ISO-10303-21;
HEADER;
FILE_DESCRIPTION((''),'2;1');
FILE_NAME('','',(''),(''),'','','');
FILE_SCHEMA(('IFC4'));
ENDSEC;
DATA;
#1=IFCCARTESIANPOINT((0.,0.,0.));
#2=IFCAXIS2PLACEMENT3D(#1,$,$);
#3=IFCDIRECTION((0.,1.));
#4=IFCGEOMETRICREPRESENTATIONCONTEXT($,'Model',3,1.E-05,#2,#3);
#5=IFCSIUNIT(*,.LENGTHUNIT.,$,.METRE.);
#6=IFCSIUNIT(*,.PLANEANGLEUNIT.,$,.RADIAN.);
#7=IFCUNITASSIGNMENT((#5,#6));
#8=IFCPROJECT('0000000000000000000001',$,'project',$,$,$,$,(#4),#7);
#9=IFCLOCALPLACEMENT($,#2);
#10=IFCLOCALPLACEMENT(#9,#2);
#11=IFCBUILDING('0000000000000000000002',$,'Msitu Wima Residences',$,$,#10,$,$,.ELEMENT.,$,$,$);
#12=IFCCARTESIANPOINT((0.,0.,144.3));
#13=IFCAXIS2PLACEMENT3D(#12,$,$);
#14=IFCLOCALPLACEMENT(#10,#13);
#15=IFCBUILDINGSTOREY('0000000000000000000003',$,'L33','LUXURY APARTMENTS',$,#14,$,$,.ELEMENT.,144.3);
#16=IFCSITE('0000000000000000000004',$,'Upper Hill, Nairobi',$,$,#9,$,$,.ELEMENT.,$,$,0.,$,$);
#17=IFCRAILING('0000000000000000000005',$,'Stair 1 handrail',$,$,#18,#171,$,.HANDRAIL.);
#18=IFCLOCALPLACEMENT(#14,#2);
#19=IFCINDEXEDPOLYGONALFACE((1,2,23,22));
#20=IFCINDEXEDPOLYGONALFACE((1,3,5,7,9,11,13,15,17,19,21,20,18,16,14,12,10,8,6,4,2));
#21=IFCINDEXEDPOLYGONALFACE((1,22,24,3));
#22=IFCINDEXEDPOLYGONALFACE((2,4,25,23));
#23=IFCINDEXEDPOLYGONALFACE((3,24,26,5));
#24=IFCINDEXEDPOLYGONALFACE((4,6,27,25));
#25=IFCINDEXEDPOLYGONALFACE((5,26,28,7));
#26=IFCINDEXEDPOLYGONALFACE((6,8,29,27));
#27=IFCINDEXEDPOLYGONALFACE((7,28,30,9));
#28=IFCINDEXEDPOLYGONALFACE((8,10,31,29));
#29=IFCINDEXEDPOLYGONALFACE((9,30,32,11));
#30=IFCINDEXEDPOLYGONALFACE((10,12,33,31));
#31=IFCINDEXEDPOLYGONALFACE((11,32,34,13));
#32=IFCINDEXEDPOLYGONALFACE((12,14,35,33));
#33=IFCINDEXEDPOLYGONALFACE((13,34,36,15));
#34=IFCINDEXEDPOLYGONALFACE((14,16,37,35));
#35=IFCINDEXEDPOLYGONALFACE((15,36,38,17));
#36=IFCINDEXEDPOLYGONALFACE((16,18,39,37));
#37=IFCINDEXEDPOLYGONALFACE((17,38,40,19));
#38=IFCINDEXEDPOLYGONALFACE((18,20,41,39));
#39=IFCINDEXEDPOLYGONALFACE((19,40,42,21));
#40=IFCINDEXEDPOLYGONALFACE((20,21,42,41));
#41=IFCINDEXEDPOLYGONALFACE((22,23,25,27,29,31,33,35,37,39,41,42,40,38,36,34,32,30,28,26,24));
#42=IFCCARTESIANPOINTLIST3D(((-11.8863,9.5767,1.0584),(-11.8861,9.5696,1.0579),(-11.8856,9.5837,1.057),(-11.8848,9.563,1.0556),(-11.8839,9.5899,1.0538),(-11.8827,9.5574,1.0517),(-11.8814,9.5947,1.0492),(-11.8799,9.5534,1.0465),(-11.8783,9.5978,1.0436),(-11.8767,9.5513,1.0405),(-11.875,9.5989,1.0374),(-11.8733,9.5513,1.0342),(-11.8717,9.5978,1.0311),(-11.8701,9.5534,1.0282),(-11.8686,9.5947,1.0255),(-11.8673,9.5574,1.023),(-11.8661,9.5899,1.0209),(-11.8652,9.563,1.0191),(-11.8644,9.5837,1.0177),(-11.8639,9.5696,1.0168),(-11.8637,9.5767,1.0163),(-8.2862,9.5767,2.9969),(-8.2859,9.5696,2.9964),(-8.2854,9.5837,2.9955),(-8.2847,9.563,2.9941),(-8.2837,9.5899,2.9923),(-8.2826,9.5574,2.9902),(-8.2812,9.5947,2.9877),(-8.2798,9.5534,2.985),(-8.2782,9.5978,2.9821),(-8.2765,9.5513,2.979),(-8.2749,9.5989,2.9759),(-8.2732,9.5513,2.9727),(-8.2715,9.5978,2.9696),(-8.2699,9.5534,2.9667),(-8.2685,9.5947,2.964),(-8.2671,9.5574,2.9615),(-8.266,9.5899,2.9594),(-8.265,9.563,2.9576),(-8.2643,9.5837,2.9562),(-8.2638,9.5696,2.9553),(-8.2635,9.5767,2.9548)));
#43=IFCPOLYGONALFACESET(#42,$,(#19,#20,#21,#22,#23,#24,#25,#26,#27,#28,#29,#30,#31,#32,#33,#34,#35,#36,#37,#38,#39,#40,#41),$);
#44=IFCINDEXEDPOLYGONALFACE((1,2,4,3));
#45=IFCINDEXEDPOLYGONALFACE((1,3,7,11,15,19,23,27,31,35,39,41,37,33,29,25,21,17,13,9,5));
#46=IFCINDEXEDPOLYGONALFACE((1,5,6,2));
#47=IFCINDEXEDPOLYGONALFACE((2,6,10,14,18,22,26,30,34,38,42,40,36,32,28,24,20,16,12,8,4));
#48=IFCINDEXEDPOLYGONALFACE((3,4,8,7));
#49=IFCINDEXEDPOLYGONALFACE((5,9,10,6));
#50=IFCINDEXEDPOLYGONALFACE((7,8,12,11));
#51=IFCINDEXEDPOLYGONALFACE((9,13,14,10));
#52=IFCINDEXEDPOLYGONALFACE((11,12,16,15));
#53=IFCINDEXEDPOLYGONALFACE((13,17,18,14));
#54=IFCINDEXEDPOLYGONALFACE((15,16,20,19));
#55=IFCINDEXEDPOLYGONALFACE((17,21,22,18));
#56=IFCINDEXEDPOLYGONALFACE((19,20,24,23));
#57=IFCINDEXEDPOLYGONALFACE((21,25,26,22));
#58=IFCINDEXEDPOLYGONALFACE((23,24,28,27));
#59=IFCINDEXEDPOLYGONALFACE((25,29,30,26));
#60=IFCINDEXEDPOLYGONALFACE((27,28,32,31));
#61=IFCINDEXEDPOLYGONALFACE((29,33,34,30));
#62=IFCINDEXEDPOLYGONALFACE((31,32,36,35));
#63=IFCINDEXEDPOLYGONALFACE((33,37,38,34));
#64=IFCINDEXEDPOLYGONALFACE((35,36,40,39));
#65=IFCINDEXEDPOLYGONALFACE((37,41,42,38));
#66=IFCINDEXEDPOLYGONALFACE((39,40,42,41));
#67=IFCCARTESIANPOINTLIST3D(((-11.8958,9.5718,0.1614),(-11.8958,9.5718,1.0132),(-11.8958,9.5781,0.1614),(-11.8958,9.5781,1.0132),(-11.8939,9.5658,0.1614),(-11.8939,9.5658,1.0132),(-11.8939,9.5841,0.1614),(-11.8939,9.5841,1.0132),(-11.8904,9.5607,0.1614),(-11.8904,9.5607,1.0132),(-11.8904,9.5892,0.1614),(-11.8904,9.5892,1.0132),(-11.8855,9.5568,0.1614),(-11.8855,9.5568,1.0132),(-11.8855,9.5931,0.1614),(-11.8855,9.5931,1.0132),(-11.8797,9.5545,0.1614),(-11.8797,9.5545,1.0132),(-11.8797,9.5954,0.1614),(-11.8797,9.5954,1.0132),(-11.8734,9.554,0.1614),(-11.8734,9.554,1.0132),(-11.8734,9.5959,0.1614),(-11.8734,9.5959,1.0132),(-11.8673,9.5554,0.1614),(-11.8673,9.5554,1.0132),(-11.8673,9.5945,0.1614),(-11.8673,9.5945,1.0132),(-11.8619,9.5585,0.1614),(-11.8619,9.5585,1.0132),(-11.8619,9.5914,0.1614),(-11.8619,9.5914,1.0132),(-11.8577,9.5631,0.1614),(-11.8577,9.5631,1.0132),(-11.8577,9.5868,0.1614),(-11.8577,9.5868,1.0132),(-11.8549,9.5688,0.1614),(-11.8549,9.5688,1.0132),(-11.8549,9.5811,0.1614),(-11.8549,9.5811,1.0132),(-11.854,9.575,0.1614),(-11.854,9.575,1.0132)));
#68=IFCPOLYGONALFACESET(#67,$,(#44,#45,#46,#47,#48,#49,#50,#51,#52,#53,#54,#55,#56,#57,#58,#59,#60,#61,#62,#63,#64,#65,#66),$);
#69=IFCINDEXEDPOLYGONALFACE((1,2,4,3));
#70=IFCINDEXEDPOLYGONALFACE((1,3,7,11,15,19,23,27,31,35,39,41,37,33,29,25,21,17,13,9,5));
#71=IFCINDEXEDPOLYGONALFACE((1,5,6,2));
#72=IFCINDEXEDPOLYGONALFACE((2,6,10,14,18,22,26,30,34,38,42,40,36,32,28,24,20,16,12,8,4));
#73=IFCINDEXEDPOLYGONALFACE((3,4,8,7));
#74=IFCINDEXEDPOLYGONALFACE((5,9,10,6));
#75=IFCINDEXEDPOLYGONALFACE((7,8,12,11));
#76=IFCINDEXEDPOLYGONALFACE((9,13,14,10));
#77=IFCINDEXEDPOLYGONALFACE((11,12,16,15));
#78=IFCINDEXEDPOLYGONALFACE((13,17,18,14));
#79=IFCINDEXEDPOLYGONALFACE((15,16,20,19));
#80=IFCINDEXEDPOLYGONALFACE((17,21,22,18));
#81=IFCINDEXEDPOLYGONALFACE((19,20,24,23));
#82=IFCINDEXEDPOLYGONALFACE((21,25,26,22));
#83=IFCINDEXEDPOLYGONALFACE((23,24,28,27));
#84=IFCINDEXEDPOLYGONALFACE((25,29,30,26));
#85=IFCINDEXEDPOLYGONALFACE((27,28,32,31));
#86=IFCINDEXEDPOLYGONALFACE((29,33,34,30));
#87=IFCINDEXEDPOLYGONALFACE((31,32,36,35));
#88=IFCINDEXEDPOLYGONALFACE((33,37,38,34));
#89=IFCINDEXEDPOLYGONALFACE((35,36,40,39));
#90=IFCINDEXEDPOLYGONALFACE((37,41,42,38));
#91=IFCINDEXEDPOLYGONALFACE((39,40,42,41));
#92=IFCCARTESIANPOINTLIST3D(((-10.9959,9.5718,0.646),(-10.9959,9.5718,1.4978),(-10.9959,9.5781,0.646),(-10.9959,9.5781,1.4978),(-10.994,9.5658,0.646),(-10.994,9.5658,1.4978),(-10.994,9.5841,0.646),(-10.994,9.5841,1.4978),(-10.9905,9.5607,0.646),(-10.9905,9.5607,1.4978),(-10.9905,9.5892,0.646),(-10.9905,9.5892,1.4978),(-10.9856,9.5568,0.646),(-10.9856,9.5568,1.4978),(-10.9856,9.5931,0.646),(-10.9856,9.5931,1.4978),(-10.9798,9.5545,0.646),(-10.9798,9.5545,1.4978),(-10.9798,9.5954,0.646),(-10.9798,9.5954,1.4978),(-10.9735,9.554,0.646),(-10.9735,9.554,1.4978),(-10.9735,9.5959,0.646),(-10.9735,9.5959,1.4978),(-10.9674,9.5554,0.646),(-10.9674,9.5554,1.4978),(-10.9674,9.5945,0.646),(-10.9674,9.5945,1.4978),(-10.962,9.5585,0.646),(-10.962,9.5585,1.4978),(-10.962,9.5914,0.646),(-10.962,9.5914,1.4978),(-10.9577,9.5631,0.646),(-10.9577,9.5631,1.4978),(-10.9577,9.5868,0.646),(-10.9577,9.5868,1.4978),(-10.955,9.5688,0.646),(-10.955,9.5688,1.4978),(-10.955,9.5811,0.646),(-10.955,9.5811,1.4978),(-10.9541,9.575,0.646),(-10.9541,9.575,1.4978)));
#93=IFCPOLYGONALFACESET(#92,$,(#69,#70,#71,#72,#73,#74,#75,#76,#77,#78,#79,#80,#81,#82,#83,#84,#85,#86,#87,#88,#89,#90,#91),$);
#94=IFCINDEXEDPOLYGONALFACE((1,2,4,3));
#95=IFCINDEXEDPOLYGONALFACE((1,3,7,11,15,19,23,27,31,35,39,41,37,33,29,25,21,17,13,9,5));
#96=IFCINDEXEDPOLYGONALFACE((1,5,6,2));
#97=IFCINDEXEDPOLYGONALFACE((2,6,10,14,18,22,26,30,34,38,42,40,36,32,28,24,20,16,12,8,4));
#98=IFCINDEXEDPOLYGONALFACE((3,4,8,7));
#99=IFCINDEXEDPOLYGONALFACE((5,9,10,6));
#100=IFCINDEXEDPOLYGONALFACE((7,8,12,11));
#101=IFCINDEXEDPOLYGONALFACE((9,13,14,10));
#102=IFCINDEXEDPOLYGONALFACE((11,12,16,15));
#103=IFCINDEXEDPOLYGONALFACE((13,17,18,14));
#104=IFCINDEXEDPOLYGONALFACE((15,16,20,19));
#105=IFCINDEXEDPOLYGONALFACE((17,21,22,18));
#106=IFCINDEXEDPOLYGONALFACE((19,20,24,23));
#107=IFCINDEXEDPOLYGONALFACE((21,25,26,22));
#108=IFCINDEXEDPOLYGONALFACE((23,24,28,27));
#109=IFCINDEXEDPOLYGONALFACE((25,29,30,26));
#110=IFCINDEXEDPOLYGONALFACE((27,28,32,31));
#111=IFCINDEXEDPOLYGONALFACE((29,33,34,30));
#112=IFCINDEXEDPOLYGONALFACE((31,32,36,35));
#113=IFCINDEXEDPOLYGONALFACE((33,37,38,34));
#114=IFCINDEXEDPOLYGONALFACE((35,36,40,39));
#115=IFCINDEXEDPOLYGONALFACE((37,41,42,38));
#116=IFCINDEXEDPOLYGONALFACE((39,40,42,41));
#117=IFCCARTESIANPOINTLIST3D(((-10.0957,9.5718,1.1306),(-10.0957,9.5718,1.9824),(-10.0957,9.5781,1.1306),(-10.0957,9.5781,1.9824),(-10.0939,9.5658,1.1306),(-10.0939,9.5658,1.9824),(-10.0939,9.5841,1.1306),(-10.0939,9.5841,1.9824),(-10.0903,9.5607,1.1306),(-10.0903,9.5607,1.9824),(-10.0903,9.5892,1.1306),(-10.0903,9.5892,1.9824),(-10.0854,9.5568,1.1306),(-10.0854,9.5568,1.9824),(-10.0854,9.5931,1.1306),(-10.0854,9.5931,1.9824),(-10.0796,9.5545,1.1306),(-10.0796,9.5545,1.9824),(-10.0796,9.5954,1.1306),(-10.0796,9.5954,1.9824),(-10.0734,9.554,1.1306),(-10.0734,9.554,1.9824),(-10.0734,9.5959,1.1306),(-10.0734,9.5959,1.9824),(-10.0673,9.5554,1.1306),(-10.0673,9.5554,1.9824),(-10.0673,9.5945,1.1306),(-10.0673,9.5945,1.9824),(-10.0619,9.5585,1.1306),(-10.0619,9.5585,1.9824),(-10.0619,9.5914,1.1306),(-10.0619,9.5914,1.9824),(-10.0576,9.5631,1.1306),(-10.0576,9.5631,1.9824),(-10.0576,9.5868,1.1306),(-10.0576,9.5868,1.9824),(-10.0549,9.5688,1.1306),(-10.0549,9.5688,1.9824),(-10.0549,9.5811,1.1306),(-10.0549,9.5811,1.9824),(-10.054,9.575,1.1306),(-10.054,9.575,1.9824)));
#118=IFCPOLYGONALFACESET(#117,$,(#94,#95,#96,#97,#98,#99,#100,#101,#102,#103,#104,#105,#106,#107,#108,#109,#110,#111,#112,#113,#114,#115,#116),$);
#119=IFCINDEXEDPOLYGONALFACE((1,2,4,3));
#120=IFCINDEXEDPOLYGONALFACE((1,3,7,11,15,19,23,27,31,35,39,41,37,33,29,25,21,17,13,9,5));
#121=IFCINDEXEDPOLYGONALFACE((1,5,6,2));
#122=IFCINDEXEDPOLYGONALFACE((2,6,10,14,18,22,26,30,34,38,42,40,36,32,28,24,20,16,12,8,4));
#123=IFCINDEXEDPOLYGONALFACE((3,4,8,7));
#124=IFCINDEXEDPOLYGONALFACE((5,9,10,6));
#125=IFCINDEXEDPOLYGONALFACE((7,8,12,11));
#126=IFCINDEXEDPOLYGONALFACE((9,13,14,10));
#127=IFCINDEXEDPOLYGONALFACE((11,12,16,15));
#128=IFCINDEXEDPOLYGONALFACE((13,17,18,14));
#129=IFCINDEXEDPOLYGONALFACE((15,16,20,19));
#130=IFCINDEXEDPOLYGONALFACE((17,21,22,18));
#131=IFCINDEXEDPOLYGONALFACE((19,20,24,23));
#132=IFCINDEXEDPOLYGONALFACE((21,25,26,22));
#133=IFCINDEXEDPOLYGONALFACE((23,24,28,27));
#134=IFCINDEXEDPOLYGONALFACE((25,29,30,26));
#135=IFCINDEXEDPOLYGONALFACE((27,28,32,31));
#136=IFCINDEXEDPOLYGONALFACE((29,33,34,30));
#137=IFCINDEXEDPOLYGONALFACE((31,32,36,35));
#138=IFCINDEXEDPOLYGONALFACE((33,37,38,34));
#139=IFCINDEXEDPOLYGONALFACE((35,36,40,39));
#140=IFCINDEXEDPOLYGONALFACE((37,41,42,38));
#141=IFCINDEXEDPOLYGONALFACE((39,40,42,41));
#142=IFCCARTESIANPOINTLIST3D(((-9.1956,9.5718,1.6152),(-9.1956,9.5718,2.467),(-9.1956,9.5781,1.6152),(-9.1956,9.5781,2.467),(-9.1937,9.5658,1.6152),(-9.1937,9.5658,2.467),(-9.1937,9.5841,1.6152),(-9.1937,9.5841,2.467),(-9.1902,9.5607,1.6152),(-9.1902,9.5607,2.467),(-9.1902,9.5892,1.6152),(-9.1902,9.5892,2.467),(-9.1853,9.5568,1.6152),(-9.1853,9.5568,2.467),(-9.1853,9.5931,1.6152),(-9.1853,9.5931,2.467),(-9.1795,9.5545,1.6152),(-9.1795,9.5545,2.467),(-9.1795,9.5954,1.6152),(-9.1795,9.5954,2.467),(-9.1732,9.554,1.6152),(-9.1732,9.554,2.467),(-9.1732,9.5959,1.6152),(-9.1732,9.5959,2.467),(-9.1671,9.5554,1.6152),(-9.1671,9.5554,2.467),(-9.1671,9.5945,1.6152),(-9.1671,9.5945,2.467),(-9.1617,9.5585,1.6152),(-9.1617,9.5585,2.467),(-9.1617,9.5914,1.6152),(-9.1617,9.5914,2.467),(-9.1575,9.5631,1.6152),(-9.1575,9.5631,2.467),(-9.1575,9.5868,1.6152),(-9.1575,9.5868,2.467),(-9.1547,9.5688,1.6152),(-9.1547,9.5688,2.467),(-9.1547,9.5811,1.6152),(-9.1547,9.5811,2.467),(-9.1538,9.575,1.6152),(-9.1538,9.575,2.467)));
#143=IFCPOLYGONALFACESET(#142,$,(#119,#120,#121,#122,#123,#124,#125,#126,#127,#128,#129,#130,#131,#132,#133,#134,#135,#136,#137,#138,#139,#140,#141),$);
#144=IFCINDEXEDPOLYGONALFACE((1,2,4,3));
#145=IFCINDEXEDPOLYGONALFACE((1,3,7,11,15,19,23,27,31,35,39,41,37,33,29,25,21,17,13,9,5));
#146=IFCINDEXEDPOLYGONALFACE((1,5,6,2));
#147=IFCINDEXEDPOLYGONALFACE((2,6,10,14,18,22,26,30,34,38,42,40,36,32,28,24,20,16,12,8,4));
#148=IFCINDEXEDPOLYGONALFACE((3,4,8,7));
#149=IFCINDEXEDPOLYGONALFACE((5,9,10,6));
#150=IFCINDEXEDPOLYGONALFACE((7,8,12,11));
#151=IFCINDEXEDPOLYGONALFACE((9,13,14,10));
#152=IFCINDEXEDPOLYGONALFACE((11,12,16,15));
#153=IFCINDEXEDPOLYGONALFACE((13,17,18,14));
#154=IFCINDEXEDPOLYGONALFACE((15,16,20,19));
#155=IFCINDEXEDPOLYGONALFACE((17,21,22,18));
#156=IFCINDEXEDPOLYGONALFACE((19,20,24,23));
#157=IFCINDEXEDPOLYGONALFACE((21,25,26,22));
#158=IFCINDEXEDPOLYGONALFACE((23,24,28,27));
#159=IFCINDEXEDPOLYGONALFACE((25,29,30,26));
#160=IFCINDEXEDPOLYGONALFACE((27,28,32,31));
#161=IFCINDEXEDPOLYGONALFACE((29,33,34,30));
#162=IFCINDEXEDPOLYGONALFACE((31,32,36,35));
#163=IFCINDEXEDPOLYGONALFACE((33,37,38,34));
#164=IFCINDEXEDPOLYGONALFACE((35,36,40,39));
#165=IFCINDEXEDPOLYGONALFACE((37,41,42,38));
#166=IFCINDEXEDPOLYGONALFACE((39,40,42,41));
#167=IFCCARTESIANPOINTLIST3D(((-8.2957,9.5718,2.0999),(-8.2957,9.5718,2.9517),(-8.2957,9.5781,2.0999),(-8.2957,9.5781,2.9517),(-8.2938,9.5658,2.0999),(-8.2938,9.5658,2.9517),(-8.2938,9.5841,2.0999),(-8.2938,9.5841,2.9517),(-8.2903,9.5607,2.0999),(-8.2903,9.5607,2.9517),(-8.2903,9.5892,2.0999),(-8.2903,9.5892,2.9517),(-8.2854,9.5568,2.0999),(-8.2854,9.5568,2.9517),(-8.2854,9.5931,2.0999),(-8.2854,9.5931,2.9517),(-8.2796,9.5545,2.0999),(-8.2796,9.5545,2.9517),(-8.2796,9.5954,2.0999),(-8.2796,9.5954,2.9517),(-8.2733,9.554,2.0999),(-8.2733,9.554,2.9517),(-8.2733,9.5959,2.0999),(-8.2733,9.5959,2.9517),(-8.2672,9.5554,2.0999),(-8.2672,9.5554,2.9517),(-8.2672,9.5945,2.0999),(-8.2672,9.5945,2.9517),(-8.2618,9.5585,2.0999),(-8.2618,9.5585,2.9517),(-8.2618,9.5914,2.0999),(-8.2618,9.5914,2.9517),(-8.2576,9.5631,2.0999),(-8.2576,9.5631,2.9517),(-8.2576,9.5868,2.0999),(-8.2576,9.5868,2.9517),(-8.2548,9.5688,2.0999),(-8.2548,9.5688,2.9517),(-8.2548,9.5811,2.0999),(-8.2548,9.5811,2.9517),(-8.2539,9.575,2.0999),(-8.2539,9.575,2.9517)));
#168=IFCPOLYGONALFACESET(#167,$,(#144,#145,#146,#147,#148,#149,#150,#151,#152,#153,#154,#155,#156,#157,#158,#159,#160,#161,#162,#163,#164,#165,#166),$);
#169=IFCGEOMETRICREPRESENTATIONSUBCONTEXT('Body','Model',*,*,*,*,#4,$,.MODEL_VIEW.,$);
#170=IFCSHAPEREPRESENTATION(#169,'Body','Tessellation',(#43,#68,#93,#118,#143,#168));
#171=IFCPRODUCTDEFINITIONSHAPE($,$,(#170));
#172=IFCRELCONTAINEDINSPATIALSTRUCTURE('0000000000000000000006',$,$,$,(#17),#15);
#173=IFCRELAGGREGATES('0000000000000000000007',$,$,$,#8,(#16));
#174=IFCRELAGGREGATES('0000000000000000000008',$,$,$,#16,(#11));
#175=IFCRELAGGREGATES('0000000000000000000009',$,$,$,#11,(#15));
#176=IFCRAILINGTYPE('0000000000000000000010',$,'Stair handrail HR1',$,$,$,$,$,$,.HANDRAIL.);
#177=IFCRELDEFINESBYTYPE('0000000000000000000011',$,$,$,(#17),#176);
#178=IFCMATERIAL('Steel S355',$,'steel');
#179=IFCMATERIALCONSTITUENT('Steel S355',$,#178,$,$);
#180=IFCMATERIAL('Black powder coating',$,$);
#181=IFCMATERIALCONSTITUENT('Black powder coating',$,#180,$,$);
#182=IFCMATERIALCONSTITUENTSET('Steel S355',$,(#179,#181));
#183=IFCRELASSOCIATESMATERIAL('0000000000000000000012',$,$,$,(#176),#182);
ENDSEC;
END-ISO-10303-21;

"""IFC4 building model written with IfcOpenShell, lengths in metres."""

from ifc_helpers import new_model, si_unit, direction, frame, origin, origin_2d, place, context, subcontext, project, spatial, circle, extrude, material, constituent, constituent_set, type_object, element, save


model = new_model("IFC4")

# Units and contexts
model_context = context("Model", 3, precision=1e-05, world=origin(), true_north=direction((0.0, 1.0)))
body_context = subcontext(model_context, "Body", "Model", "MODEL_VIEW")
ifc_project = project(units=[si_unit("LENGTHUNIT", "METRE"), si_unit("PLANEANGLEUNIT", "RADIAN")], contexts=[model_context])

# Site, building, storey
site_placement = place(None, origin())
site = spatial("IfcSite", under=ifc_project, at=site_placement, Name="Upper Hill, Nairobi", CompositionType="ELEMENT", RefElevation=0.0)
building_placement = place(site_placement, origin())
building = spatial("IfcBuilding", under=site, at=building_placement, Name="Msitu Wima Residences", CompositionType="ELEMENT")
storey_placement = place(building_placement, frame((0.0, 0.0, 144.3)))
storey = spatial("IfcBuildingStorey", under=building, at=storey_placement, Name="L33", Description="LUXURY APARTMENTS", CompositionType="ELEMENT", Elevation=144.3)

# Railing
ifc_material_1 = material(Name="Steel S355", Category="steel")
ifc_constituent_1 = constituent(ifc_material_1, Name="Steel S355")
ifc_material_2 = material(Name="Black powder coating")
ifc_constituent_2 = constituent(ifc_material_2, Name="Black powder coating")
ifc_constituent_set = constituent_set(constituents=[ifc_constituent_1, ifc_constituent_2], Name="Steel S355")
railing_type = type_object("IfcRailingType", Name="Stair handrail HR1", PredefinedType="HANDRAIL", material=ifc_constituent_set)
for number, where, name in (
    (1, (-11.875, 9.575, 0.1614), "Stair 1 handrail"),
):
    element("IfcRailing", number, at=place(storey_placement, frame(where)), inside=storey, type_object=railing_type, Name=name, PredefinedType="HANDRAIL", context=body_context, shape_type="SweptSolid", body=[
        extrude(circle(Radius=0.0239, at=origin_2d()), frame((0.0, 0.0, 0.876), z_axis=(0.880475, 0.0, 0.474093), x_axis=(0.0, 1.0, 0.0)), (0.0, 0.0, 1.0), 4.0889),
        extrude(circle(Radius=0.021, at=origin_2d()), origin(), (0.0, 0.0, 1.0), 0.8518),
        extrude(circle(Radius=0.021, at=origin_2d()), frame((0.8999, 0.0, 0.4846)), (0.0, 0.0, 1.0), 0.8518),
        extrude(circle(Radius=0.021, at=origin_2d()), frame((1.8, 0.0, 0.9692)), (0.0, 0.0, 1.0), 0.8518),
        extrude(circle(Radius=0.021, at=origin_2d()), frame((2.7002, 0.0, 1.4539)), (0.0, 0.0, 1.0), 0.8518),
        extrude(circle(Radius=0.021, at=origin_2d()), frame((3.6001, 0.0, 1.9385)), (0.0, 0.0, 1.0), 0.8518),
    ])

save(model, "model.ifc")
